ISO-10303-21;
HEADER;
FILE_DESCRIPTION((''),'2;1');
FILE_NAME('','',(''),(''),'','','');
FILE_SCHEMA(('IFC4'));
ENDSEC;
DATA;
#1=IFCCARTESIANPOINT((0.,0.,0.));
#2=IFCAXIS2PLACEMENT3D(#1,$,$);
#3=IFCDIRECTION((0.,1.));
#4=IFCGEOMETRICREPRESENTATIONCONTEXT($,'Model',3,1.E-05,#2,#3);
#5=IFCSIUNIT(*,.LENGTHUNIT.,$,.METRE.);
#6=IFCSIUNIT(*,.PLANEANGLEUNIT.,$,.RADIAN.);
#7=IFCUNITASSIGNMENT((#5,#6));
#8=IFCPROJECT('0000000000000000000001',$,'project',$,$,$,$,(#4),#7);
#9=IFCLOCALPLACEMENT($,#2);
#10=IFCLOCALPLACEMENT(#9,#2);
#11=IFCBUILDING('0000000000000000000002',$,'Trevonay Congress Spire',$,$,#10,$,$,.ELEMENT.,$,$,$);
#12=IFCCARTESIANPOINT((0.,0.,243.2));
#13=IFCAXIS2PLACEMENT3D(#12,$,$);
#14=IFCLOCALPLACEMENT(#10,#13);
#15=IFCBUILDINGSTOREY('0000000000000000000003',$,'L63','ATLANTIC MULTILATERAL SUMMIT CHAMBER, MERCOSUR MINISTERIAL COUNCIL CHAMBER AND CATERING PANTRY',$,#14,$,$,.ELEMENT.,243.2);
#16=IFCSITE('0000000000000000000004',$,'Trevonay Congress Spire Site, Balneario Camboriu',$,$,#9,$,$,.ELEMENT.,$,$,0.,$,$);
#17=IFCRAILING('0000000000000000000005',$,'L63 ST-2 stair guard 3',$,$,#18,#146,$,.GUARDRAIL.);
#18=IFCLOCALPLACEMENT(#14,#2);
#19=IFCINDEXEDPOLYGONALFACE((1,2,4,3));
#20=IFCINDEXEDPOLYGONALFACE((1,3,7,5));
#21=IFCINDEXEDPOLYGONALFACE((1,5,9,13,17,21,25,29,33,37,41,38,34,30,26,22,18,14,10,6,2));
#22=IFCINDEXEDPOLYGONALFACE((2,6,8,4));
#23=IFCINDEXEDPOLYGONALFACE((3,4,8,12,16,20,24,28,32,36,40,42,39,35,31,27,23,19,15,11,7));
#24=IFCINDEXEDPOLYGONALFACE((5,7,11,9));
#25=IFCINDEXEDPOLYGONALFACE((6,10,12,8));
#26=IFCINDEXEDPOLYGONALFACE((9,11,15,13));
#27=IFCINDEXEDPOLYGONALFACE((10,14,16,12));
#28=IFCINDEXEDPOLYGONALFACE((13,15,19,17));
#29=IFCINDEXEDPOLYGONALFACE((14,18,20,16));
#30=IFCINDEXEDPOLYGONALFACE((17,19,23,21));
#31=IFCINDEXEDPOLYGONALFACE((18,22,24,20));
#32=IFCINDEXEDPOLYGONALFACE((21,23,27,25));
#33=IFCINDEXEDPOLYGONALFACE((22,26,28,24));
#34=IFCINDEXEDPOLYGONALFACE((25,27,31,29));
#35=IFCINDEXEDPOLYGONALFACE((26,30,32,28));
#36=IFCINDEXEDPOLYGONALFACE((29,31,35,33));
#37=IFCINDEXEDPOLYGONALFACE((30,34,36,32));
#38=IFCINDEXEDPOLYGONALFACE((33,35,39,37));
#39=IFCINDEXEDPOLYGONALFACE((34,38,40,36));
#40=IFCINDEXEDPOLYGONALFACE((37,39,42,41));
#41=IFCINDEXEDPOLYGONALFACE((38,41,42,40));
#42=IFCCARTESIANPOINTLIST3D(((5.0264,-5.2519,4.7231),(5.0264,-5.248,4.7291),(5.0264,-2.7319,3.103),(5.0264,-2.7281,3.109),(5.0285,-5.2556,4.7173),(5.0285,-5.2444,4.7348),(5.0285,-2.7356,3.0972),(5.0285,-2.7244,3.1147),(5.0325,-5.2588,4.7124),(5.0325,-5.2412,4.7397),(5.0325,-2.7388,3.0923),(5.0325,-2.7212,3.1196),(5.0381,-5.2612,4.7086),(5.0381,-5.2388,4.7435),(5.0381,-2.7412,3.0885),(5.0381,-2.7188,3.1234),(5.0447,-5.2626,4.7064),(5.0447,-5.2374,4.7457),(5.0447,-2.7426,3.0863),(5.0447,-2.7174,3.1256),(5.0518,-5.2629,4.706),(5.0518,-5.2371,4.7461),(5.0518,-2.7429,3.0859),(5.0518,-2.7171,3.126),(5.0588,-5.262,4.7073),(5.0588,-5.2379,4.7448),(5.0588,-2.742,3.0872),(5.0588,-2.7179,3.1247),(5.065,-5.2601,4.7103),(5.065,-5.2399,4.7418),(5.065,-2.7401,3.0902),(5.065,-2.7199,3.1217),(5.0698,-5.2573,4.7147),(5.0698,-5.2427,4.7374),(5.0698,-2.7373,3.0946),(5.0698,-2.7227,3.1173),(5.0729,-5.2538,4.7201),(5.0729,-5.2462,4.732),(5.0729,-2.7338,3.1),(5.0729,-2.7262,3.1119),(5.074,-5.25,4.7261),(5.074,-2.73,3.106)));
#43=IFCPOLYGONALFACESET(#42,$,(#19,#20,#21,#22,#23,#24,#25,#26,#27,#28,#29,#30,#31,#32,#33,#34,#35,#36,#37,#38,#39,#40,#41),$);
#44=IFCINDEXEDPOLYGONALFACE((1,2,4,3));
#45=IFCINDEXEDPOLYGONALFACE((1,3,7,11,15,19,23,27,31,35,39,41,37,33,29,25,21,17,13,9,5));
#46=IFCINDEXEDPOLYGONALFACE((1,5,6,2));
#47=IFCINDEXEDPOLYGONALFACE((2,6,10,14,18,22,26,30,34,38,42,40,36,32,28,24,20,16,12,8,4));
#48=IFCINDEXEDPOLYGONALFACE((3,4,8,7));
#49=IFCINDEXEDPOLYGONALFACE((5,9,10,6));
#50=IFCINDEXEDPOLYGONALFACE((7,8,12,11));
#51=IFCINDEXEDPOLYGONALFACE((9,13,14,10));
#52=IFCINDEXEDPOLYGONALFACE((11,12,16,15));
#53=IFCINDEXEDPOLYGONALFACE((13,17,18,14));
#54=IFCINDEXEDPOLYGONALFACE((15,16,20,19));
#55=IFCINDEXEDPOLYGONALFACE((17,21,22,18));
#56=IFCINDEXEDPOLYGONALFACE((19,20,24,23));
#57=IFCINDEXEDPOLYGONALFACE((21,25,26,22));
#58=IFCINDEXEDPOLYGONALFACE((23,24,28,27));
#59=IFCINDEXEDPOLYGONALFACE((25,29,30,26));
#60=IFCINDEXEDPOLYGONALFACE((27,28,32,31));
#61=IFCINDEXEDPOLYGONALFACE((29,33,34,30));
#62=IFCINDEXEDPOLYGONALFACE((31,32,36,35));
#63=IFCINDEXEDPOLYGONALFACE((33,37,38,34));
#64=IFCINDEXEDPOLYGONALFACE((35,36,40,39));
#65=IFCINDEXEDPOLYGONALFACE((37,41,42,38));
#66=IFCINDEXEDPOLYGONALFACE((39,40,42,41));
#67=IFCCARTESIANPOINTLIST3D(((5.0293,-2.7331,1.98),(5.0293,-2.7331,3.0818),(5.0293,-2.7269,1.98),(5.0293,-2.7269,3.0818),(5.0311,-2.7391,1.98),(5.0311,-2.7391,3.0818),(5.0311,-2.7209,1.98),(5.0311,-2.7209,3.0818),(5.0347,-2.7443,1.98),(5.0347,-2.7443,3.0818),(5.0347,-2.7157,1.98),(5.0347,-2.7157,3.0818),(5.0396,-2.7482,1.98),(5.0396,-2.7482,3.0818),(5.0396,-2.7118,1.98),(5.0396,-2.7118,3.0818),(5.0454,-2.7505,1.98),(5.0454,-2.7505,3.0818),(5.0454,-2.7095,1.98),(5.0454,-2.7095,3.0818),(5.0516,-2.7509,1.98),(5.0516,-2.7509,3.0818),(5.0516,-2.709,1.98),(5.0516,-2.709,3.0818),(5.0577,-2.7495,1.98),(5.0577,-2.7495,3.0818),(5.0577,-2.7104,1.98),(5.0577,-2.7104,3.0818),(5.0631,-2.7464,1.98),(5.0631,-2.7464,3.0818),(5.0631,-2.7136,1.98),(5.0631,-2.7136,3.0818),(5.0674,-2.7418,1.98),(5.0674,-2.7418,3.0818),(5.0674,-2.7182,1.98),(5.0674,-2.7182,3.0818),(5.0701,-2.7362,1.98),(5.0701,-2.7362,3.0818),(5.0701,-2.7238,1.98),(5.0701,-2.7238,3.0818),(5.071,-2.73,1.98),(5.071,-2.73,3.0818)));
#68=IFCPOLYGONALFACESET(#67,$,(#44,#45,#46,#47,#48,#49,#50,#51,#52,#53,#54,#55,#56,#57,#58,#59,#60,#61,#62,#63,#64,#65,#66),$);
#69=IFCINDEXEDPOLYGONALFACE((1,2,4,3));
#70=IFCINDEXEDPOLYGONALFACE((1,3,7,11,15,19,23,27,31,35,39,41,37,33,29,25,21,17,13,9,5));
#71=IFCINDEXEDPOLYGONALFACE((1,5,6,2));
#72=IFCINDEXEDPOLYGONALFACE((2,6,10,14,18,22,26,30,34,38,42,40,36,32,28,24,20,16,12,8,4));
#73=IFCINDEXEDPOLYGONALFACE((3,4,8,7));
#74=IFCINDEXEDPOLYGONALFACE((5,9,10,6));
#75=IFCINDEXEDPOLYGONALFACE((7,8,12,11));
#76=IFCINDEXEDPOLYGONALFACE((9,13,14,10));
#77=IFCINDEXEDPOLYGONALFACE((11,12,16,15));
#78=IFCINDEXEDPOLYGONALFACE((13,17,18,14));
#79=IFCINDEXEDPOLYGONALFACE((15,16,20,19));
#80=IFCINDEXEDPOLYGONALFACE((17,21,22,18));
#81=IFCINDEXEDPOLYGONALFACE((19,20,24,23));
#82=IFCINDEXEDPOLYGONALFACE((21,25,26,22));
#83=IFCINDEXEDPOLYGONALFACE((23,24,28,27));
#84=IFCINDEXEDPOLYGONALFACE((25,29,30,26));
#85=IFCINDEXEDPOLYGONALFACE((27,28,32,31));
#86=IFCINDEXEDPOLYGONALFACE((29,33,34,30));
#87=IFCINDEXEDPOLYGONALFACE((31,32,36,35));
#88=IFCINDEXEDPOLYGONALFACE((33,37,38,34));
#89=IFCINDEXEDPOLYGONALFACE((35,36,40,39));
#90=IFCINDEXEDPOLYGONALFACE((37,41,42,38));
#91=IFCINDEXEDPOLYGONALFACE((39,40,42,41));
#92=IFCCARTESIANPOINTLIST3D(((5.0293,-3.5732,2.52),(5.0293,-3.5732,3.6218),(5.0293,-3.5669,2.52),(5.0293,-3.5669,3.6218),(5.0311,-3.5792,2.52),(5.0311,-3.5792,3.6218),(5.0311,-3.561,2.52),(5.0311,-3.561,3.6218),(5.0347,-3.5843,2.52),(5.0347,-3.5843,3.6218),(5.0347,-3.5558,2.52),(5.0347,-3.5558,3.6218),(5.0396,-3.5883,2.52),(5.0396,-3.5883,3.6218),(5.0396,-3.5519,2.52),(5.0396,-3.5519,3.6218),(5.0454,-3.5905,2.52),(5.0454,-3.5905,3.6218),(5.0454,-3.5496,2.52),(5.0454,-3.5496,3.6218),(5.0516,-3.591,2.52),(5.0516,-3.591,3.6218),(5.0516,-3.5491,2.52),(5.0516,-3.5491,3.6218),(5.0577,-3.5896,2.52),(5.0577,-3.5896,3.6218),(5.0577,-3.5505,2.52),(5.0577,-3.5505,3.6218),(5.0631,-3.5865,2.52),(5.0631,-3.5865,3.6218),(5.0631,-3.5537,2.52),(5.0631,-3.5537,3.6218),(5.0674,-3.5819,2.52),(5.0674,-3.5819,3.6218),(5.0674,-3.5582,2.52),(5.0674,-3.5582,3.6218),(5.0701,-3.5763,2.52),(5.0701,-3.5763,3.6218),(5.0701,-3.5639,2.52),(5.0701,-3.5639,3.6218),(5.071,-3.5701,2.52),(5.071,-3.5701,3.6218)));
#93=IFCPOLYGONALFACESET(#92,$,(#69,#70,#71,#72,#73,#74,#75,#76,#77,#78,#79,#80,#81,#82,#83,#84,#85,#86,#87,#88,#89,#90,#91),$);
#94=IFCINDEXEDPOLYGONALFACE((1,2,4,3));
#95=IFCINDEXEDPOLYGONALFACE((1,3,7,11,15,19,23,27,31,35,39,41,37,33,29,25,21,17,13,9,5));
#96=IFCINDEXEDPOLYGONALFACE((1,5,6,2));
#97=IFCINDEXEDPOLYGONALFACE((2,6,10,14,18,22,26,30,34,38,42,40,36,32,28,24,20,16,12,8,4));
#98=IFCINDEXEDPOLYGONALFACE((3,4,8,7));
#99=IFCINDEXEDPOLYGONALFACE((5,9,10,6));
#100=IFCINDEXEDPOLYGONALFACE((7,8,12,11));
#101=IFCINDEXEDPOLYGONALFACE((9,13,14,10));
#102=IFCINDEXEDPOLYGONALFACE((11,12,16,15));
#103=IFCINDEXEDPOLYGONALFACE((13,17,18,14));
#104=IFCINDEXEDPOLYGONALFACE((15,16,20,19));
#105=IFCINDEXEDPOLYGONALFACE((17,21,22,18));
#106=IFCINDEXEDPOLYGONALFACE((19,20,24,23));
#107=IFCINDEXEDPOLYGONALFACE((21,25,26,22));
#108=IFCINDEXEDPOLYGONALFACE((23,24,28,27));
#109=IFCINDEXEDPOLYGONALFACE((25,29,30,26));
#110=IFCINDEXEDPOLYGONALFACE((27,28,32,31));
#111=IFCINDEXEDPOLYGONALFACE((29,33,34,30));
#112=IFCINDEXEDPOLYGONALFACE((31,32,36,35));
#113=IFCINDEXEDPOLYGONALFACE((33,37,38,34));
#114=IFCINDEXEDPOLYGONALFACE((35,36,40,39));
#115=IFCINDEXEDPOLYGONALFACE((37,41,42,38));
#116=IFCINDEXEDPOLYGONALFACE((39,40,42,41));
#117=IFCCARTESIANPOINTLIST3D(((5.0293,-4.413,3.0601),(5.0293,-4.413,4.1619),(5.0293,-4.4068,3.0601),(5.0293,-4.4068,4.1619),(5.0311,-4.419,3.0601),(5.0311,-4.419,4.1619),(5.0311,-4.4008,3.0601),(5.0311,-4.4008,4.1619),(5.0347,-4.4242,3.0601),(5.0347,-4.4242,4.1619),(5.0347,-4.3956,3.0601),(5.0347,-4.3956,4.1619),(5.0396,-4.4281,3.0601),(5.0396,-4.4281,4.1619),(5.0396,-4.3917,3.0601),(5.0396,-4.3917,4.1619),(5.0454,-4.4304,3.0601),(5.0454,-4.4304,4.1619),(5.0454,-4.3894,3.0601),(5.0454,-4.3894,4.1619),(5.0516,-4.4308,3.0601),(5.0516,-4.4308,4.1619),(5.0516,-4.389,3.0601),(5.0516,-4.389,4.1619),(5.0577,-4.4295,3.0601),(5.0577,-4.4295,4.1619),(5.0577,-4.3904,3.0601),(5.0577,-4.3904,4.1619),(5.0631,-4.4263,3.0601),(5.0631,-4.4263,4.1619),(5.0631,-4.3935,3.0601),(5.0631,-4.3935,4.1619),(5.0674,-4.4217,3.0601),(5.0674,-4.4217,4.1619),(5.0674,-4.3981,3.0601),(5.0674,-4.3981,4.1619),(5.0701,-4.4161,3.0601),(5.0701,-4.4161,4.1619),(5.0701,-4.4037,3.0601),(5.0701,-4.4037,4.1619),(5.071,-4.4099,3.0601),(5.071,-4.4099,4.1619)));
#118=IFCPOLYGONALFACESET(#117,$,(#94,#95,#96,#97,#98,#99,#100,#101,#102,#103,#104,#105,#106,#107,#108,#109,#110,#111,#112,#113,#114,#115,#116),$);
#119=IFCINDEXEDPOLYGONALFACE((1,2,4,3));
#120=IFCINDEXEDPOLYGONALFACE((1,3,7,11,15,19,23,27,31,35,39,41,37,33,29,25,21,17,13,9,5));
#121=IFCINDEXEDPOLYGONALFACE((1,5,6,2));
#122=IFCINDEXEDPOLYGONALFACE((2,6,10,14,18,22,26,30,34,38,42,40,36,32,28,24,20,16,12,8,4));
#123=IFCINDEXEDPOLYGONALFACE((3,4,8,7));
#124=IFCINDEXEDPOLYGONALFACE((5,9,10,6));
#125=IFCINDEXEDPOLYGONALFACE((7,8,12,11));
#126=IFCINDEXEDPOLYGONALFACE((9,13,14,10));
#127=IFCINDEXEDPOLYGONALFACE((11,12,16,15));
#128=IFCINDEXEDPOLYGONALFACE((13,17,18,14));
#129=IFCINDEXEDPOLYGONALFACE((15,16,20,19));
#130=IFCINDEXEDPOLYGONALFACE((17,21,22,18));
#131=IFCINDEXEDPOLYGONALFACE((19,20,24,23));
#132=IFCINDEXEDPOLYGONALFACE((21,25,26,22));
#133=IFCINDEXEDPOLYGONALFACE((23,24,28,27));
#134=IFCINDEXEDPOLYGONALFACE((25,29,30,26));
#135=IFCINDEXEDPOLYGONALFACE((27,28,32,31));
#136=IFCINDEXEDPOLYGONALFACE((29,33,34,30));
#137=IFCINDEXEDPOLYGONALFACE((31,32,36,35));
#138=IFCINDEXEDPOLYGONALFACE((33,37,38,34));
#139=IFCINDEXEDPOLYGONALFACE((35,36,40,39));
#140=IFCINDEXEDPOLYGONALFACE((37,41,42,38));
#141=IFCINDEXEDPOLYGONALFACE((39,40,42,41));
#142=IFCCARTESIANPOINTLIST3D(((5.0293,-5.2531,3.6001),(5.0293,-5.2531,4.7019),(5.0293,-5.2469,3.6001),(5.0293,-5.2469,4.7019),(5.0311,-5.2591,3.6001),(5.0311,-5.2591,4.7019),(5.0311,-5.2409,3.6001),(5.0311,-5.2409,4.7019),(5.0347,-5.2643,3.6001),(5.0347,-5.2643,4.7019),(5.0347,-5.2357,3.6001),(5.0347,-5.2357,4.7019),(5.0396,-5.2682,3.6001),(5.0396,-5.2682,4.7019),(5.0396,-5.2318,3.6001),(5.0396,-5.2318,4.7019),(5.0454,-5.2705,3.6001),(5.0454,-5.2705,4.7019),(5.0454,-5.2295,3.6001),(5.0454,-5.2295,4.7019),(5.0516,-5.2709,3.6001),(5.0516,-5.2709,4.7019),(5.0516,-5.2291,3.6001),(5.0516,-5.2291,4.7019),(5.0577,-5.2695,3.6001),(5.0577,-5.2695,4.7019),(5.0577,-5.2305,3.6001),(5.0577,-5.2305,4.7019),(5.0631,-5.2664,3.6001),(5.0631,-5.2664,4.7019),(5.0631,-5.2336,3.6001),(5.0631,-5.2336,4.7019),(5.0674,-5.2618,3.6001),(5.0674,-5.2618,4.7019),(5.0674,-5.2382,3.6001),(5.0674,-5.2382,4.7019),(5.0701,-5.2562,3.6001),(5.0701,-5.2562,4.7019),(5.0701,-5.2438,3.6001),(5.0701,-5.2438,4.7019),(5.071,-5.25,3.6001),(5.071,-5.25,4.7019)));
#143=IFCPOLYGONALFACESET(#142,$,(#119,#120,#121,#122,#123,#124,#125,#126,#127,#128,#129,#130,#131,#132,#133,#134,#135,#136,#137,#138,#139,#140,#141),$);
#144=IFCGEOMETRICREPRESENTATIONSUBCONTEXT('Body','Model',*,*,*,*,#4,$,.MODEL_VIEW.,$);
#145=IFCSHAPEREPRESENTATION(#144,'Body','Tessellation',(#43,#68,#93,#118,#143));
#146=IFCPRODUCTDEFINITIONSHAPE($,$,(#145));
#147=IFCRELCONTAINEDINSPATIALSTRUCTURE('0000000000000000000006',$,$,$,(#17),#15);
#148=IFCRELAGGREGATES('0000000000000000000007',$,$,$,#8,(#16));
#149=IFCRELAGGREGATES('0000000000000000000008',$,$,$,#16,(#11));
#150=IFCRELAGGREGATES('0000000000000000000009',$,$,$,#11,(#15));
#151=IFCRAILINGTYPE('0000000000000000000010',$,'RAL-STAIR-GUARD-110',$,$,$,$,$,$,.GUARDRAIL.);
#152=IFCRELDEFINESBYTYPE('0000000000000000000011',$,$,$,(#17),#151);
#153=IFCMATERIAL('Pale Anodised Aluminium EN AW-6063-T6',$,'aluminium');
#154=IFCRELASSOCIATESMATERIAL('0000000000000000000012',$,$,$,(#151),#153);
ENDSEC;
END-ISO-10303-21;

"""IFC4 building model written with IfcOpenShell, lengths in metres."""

from ifc_helpers import new_model, si_unit, direction, frame, origin, origin_2d, place, context, subcontext, project, spatial, circle, extrude, material, type_object, element, save


model = new_model("IFC4")

# Units and contexts
model_context = context("Model", 3, precision=1e-05, world=origin(), true_north=direction((0.0, 1.0)))
body_context = subcontext(model_context, "Body", "Model", "MODEL_VIEW")
ifc_project = project(units=[si_unit("LENGTHUNIT", "METRE"), si_unit("PLANEANGLEUNIT", "RADIAN")], contexts=[model_context])

# Site, building, storey
site_placement = place(None, origin())
site = spatial("IfcSite", under=ifc_project, at=site_placement, Name="Trevonay Congress Spire Site, Balneario Camboriu", CompositionType="ELEMENT", RefElevation=0.0)
building_placement = place(site_placement, origin())
building = spatial("IfcBuilding", under=site, at=building_placement, Name="Trevonay Congress Spire", CompositionType="ELEMENT")
storey_placement = place(building_placement, frame((0.0, 0.0, 243.2)))
storey = spatial("IfcBuildingStorey", under=building, at=storey_placement, Name="L63", Description="ATLANTIC MULTILATERAL SUMMIT CHAMBER, MERCOSUR MINISTERIAL COUNCIL CHAMBER AND CATERING PANTRY", CompositionType="ELEMENT", Elevation=243.2)

# Shared definitions
ifc_material_1 = material(Name="Pale Anodised Aluminium EN AW-6063-T6", Category="aluminium")

# Railing
railing_type_1 = type_object("IfcRailingType", Name="RAL-STAIR-GUARD-110", PredefinedType="GUARDRAIL", material=ifc_material_1)
railing_1_placement = place(storey_placement, frame((5.05, -2.73, 1.98)))
element("IfcRailing", 1, at=railing_1_placement, inside=storey, type_object=railing_type_1, Name="L63 ST-2 stair guard 3", PredefinedType="GUARDRAIL", context=body_context, shape_type="SweptSolid", body=[
    extrude(circle(Radius=0.0239, at=origin_2d()), frame((0.0, 0.0, 1.126), z_axis=(0.0, -0.841163, 0.540782), x_axis=(1.0, 0.0, 0.0)), (0.0, 0.0, 1.0), 2.9958),
    extrude(circle(Radius=0.021, at=origin_2d()), origin(), (0.0, 0.0, 1.0), 1.1018),
    extrude(circle(Radius=0.021, at=origin_2d()), frame((0.0, -0.8401, 0.54)), (0.0, 0.0, 1.0), 1.1018),
    extrude(circle(Radius=0.021, at=origin_2d()), frame((0.0, -1.6799, 1.0801)), (0.0, 0.0, 1.0), 1.1018),
    extrude(circle(Radius=0.021, at=origin_2d()), frame((0.0, -2.52, 1.6201)), (0.0, 0.0, 1.0), 1.1018),
])

save(model, "model.ifc")
